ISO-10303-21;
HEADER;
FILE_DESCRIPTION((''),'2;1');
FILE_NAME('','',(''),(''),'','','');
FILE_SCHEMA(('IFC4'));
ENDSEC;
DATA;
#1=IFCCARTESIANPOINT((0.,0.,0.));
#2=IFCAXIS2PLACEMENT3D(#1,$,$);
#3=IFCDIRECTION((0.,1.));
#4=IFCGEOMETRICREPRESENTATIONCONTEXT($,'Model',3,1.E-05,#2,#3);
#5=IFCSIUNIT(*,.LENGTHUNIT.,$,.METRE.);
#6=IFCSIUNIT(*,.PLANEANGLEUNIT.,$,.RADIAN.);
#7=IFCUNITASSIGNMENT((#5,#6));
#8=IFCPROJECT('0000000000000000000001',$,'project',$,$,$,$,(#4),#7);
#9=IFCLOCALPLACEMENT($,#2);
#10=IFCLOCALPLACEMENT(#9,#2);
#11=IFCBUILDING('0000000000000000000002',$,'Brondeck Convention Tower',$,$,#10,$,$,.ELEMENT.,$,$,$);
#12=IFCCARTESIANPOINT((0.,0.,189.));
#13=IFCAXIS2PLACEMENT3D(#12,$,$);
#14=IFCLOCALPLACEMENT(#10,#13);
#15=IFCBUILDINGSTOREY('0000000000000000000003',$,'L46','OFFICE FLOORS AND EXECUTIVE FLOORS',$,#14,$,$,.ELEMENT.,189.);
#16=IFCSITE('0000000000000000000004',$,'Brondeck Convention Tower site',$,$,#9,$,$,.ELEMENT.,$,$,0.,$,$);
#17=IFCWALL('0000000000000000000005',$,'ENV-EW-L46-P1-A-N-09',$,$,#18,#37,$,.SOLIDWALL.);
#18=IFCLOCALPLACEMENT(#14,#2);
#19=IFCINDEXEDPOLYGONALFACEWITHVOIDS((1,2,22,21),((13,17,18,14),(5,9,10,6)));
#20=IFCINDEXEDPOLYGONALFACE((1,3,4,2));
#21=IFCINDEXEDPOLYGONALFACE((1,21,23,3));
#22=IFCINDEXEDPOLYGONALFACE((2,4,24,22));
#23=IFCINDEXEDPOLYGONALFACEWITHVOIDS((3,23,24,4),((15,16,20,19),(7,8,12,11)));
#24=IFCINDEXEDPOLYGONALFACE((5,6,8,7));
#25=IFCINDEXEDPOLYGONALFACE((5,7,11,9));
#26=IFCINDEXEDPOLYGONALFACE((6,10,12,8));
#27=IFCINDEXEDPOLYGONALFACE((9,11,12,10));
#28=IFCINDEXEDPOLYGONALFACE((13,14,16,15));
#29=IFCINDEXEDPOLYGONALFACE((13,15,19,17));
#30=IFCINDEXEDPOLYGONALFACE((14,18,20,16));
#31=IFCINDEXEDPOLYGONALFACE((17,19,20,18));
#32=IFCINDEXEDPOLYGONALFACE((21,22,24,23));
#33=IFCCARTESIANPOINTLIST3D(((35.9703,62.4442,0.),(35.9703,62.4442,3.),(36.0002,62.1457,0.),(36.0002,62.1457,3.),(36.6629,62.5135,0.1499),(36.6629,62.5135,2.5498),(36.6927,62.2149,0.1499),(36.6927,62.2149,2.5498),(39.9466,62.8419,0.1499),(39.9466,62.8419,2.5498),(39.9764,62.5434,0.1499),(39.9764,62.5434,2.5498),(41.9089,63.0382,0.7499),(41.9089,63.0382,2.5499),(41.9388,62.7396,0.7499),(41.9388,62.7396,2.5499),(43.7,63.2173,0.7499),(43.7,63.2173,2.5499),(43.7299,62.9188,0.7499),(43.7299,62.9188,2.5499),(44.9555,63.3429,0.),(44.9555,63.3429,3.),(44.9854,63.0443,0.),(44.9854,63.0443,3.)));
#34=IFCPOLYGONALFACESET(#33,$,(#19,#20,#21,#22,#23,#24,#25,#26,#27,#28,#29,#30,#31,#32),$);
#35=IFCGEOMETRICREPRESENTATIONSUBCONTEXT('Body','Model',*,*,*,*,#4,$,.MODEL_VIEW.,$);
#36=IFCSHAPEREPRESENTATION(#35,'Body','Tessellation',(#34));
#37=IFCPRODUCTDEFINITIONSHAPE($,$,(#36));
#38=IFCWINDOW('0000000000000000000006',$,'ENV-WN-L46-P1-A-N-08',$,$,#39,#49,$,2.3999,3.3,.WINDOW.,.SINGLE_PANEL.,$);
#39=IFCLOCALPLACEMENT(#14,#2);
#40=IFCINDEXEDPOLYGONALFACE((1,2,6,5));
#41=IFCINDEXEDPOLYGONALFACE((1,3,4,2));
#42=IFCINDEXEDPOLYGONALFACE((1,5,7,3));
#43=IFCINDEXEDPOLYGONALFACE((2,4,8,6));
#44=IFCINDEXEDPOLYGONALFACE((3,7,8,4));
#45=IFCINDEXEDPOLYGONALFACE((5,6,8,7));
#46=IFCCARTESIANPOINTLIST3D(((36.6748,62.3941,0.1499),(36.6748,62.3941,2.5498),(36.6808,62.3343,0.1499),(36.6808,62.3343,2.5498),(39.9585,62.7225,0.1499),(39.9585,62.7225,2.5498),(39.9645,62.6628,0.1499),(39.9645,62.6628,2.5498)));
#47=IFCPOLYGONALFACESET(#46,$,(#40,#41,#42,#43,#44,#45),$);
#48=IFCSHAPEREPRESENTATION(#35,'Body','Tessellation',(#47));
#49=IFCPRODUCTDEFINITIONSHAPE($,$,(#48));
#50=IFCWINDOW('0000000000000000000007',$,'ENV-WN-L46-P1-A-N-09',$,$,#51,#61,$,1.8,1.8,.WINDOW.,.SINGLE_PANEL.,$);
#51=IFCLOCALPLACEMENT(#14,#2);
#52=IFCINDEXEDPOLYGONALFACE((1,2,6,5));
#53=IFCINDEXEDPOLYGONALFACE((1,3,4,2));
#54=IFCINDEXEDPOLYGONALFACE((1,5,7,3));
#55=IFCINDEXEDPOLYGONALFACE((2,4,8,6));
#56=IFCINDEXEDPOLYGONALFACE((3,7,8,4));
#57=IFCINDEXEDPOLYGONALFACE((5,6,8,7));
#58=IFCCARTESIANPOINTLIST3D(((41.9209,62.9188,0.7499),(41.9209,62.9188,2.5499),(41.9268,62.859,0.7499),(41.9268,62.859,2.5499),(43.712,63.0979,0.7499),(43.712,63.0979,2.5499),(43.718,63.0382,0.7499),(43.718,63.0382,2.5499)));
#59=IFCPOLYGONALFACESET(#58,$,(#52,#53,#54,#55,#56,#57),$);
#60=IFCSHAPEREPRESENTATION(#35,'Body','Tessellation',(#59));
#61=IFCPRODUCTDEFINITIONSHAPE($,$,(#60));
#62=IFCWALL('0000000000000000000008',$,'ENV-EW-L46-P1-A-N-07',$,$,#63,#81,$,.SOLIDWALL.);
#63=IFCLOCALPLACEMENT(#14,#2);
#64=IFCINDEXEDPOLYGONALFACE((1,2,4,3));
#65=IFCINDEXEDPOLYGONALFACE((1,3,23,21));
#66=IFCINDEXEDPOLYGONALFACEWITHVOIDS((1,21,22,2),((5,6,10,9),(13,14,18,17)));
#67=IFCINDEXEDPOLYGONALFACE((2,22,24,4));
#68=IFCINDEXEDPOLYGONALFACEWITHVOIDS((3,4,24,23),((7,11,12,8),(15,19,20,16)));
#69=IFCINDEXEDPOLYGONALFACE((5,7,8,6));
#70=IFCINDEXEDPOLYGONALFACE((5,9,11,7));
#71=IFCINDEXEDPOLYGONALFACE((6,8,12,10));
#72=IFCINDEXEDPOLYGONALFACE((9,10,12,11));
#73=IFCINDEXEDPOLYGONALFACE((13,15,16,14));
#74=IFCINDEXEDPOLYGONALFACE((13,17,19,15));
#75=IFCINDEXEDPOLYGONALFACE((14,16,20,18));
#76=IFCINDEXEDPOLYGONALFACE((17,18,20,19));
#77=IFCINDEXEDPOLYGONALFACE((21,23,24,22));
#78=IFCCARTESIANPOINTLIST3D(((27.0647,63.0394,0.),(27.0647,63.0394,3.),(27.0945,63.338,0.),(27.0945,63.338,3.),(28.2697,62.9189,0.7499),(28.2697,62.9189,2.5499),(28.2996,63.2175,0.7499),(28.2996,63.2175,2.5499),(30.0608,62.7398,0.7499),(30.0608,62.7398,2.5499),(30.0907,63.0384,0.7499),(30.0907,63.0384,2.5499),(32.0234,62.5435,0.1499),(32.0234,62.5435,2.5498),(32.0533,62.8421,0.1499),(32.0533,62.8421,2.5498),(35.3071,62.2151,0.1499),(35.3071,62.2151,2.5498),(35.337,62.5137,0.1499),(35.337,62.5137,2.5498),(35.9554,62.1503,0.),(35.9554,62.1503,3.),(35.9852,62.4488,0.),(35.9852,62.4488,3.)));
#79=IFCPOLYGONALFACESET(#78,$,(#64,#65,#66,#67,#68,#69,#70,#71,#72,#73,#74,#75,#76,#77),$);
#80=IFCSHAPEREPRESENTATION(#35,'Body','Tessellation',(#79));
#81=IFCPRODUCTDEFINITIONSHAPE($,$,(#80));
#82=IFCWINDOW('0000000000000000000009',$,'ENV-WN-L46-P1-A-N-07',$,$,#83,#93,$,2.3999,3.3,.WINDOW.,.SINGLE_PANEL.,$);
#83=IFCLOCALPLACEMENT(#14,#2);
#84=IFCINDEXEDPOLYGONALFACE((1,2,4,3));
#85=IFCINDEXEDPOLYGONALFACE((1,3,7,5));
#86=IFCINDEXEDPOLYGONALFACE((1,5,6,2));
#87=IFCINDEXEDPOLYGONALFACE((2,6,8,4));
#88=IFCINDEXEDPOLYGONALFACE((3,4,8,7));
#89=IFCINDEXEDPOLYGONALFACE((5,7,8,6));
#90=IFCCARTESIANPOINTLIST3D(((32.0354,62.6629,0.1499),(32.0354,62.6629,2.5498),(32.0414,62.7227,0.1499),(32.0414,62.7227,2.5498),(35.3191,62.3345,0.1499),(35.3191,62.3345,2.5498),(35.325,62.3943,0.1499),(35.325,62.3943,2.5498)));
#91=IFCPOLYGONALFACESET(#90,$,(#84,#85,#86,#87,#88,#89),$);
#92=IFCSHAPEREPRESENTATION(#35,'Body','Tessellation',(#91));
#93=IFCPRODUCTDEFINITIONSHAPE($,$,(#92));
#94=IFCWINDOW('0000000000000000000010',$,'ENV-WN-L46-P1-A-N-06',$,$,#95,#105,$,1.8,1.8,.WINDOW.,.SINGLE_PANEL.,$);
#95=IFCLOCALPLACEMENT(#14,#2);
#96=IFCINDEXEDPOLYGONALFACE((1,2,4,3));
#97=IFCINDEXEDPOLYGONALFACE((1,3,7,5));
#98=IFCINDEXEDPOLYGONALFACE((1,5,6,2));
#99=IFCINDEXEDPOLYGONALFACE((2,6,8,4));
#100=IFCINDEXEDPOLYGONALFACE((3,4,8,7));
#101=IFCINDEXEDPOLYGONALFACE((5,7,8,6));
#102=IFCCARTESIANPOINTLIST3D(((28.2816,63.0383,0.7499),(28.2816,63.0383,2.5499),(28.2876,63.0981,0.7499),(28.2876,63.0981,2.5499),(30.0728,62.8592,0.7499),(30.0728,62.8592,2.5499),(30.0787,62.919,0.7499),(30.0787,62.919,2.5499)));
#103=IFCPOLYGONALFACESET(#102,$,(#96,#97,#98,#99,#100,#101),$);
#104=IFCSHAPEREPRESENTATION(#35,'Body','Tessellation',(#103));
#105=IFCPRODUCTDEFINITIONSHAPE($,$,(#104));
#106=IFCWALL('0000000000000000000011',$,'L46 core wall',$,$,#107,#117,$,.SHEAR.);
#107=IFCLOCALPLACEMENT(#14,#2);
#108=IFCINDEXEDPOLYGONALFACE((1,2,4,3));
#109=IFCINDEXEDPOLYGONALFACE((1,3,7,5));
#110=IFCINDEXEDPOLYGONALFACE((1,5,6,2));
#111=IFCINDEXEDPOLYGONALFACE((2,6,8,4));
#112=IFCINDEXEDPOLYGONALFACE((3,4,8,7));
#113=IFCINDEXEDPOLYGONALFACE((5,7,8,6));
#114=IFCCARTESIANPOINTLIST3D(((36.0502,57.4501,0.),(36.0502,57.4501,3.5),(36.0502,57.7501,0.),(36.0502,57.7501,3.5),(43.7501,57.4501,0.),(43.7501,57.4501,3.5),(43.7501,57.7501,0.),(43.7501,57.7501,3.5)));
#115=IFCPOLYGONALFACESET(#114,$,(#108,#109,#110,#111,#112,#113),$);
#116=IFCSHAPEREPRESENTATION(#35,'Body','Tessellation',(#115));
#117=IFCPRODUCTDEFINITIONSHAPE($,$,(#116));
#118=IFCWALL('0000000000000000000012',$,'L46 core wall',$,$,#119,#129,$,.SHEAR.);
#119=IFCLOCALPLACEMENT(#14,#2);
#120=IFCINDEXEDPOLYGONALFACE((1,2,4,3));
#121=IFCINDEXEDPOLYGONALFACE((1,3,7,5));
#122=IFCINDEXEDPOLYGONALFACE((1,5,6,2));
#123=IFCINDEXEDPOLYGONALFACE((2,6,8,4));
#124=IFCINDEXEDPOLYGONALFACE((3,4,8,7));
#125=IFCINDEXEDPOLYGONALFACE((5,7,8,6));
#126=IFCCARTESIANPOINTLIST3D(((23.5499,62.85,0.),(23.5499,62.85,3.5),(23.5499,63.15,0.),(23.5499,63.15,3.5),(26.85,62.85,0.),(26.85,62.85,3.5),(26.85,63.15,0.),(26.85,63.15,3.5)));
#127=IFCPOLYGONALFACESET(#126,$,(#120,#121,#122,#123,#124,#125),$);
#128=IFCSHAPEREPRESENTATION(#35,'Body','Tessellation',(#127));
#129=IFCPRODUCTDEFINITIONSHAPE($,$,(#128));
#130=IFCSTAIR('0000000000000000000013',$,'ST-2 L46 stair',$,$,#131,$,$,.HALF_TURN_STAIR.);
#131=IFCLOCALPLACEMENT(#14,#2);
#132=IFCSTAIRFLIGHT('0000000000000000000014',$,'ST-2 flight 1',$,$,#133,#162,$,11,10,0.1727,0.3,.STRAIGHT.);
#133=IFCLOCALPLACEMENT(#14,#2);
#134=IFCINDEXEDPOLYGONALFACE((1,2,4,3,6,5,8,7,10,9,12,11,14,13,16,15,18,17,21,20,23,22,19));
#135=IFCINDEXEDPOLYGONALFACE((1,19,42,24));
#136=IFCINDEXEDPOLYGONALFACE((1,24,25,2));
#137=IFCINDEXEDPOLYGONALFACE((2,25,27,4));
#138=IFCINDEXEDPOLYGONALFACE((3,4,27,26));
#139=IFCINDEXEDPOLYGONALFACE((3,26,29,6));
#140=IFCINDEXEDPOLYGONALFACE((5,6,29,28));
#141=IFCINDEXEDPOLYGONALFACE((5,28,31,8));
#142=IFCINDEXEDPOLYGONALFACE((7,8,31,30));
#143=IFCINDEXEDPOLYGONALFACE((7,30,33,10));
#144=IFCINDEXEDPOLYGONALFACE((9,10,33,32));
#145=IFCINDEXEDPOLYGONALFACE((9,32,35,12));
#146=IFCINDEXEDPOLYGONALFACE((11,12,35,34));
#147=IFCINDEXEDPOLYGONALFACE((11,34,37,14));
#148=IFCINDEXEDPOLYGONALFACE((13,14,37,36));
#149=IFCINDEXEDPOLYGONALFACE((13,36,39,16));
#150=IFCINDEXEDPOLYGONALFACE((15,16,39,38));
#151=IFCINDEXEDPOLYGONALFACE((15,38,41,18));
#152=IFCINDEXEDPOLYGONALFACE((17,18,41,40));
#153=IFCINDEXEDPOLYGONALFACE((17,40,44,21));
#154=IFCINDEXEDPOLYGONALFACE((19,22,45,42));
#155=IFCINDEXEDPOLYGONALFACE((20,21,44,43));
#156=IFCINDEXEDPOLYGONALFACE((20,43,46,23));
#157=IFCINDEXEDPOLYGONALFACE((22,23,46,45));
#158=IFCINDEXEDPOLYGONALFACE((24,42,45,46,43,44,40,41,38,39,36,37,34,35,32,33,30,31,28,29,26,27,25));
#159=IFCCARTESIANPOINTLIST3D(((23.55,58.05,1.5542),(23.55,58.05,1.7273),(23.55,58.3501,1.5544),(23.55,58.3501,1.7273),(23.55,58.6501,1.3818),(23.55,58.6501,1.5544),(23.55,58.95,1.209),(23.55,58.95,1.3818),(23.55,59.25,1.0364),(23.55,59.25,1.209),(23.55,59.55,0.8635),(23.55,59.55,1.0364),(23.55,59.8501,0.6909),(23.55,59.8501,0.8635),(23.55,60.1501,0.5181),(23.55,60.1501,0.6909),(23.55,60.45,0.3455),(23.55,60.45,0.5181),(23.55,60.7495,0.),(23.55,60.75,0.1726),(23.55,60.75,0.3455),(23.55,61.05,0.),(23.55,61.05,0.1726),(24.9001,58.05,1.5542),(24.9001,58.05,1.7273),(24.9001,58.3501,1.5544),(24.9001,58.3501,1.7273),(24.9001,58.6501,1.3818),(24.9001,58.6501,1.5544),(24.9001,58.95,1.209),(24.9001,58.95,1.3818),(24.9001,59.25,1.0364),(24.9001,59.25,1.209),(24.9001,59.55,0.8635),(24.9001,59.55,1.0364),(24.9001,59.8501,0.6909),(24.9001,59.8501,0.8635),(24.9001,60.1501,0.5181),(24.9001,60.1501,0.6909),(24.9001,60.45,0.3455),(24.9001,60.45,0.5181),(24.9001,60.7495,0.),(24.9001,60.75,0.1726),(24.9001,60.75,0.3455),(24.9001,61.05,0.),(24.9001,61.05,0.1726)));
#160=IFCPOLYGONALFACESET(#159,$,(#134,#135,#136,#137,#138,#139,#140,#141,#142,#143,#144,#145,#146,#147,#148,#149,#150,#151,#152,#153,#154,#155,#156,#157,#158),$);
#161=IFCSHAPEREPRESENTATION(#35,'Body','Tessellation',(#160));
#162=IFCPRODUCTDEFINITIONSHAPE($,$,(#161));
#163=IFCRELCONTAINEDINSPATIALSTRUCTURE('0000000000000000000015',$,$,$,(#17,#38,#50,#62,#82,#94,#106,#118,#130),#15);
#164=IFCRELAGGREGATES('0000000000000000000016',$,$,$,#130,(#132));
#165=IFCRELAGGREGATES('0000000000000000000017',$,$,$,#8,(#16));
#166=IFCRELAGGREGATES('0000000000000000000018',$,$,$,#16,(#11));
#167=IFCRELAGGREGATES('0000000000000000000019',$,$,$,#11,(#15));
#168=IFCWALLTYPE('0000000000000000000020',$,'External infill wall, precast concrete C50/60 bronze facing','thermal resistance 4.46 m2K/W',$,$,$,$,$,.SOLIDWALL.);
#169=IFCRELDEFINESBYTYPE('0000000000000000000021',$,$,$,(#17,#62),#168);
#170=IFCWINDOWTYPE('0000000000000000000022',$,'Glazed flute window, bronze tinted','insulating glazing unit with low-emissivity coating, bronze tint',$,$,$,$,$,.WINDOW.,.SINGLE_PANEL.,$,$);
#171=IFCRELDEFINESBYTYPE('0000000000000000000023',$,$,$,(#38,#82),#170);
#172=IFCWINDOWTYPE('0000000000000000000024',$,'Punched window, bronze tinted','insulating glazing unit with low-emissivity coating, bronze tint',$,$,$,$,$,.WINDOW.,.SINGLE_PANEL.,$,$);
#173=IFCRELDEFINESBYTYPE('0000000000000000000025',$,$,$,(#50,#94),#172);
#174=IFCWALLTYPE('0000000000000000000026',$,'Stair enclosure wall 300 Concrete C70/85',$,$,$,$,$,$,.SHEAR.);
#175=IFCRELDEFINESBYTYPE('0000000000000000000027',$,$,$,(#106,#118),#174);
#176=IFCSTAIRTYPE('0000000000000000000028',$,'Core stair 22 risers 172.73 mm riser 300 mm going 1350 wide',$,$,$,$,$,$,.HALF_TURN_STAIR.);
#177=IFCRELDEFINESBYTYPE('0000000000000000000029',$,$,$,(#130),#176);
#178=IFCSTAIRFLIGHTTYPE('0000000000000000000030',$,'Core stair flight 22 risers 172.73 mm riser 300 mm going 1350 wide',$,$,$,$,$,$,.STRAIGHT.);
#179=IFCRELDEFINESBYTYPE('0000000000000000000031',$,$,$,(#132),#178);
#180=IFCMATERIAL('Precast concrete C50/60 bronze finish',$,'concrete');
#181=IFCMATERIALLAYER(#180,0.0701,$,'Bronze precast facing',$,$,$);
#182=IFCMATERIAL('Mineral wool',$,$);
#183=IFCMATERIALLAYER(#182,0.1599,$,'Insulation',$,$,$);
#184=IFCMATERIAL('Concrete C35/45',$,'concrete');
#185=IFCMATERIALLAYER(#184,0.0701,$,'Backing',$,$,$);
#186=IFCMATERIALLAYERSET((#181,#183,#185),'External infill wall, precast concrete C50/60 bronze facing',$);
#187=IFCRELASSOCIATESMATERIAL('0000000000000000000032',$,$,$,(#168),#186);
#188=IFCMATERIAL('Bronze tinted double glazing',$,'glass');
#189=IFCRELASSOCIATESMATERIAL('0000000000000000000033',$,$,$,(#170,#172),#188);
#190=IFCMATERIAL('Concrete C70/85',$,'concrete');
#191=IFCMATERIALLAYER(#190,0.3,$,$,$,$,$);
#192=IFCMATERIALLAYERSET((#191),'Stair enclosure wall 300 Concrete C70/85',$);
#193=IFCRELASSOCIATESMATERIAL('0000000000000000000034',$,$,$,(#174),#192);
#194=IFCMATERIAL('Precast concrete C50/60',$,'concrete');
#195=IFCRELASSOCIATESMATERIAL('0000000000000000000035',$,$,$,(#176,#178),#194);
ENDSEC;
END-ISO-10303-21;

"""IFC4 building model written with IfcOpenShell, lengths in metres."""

from ifc_helpers import new_model, si_unit, direction, frame, frame_2d, origin, place, context, subcontext, project, spatial, polyline, rectangle, outline, extrude, material, layer, layer_set, type_object, element, fill, aggregate, save


model = new_model("IFC4")

# Units and contexts
model_context = context("Model", 3, precision=1e-05, world=origin(), true_north=direction((0.0, 1.0)))
body_context = subcontext(model_context, "Body", "Model", "MODEL_VIEW")
ifc_project = project(units=[si_unit("LENGTHUNIT", "METRE"), si_unit("PLANEANGLEUNIT", "RADIAN")], contexts=[model_context])

# Site, building, storey
site_placement = place(None, origin())
site = spatial("IfcSite", under=ifc_project, at=site_placement, Name="Brondeck Convention Tower site", CompositionType="ELEMENT", RefElevation=0.0)
building_placement = place(site_placement, origin())
building = spatial("IfcBuilding", under=site, at=building_placement, Name="Brondeck Convention Tower", CompositionType="ELEMENT")
storey_placement = place(building_placement, frame((0.0, 0.0, 189.0)))
storey = spatial("IfcBuildingStorey", under=building, at=storey_placement, Name="L46", Description="OFFICE FLOORS AND EXECUTIVE FLOORS", CompositionType="ELEMENT", Elevation=189.0)

# Shared definitions
ifc_material_1 = material(Name="Concrete C70/85", Category="concrete")

# Walls, openings, windows
ifc_material_2 = material(Name="Precast concrete C50/60 bronze finish", Category="concrete")
ifc_layer_1 = layer(ifc_material_2, 0.0701, Name="Bronze precast facing")
ifc_material_3 = material(Name="Mineral wool")
ifc_layer_2 = layer(ifc_material_3, 0.1599, Name="Insulation")
ifc_material_4 = material(Name="Concrete C35/45", Category="concrete")
ifc_layer_3 = layer(ifc_material_4, 0.0701, Name="Backing")
ifc_layer_set_1 = layer_set([ifc_layer_1, ifc_layer_2, ifc_layer_3], Name="External infill wall, precast concrete C50/60 bronze facing")
wall_type_1 = type_object("IfcWallType", Name="External infill wall, precast concrete C50/60 bronze facing", Description="thermal resistance 4.46 m2K/W", PredefinedType="SOLIDWALL", material=ifc_layer_set_1)
wall_1_placement = place(storey_placement, frame((35.9851, 62.2949, 0.0), z_axis=(0.0, 0.0, 1.0), x_axis=(0.995035, 0.099522, 0.0)))
wall_1 = element("IfcWall", 1, at=wall_1_placement, inside=storey, type_object=wall_type_1, Name="ENV-EW-L46-P1-A-N-09", PredefinedType="SOLIDWALL", context=body_context, shape_type="SweptSolid", body=[
    extrude(rectangle(XDim=9.03, YDim=0.3, at=frame_2d((4.5151, 0.0))), origin(), (0.0, 0.0, 1.0), 3.0),
])
opening_1_placement = place(wall_1_placement, frame((0.6963, 0.0, 0.1499)))
opening_1 = element("IfcOpeningElement", 2, at=opening_1_placement, cuts=wall_1, PredefinedType="OPENING", context=body_context, shape_type="SweptSolid", body=[
    extrude(rectangle(XDim=3.3, YDim=2.3999, at=frame_2d((1.6499, 1.2))), frame((0.0, 0.1599, 0.0), z_axis=(0.0, -1.0, 0.0), x_axis=(1.0, 0.0, 0.0)), (0.0, 0.0, 1.0), 0.3201),
])
opening_2_placement = place(wall_1_placement, frame((5.9685, 0.0, 0.75)))
opening_2 = element("IfcOpeningElement", 3, at=opening_2_placement, cuts=wall_1, PredefinedType="OPENING", context=body_context, shape_type="SweptSolid", body=[
    extrude(rectangle(XDim=1.8, YDim=1.8, at=frame_2d((0.8999, 0.8999))), frame((0.0, 0.1599, 0.0), z_axis=(0.0, -1.0, 0.0), x_axis=(1.0, 0.0, 0.0)), (0.0, 0.0, 1.0), 0.3201),
])
ifc_material_5 = material(Name="Bronze tinted double glazing", Category="glass")
window_type_1 = type_object("IfcWindowType", Name="Glazed flute window, bronze tinted", Description="insulating glazing unit with low-emissivity coating, bronze tint", PartitioningType="SINGLE_PANEL", PredefinedType="WINDOW", material=ifc_material_5)
window_1_placement = place(opening_1_placement, origin())
window_1 = element("IfcWindow", 4, at=window_1_placement, inside=storey, type_object=window_type_1, Name="ENV-WN-L46-P1-A-N-08", OverallHeight=2.3999, OverallWidth=3.3, PartitioningType="SINGLE_PANEL", PredefinedType="WINDOW", context=body_context, shape_type="SweptSolid", body=[
    extrude(rectangle(XDim=3.3, YDim=2.3999, at=frame_2d((1.6499, 1.2))), frame((0.0, 0.03, 0.0), z_axis=(0.0, -1.0, 0.0), x_axis=(1.0, 0.0, 0.0)), (0.0, 0.0, 1.0), 0.0601),
])
fill(opening_1, window_1)
window_type_2 = type_object("IfcWindowType", Name="Punched window, bronze tinted", Description="insulating glazing unit with low-emissivity coating, bronze tint", PartitioningType="SINGLE_PANEL", PredefinedType="WINDOW", material=ifc_material_5)
window_2_placement = place(opening_2_placement, origin())
window_2 = element("IfcWindow", 5, at=window_2_placement, inside=storey, type_object=window_type_2, Name="ENV-WN-L46-P1-A-N-09", OverallHeight=1.8, OverallWidth=1.8, PartitioningType="SINGLE_PANEL", PredefinedType="WINDOW", context=body_context, shape_type="SweptSolid", body=[
    extrude(rectangle(XDim=1.8, YDim=1.8, at=frame_2d((0.8999, 0.8999))), frame((0.0, 0.03, 0.0), z_axis=(0.0, -1.0, 0.0), x_axis=(1.0, 0.0, 0.0)), (0.0, 0.0, 1.0), 0.0601),
])
fill(opening_2, window_2)
wall_2_placement = place(storey_placement, frame((27.0796, 63.1887, 0.0), z_axis=(0.0, 0.0, 1.0), x_axis=(0.995036, -0.099515, 0.0)))
wall_2 = element("IfcWall", 6, at=wall_2_placement, inside=storey, type_object=wall_type_1, Name="ENV-EW-L46-P1-A-N-07", PredefinedType="SOLIDWALL", context=body_context, shape_type="SweptSolid", body=[
    extrude(rectangle(XDim=8.9351, YDim=0.3, at=frame_2d((4.4675, 0.0))), origin(), (0.0, 0.0, 1.0), 3.0),
])
opening_3_placement = place(wall_2_placement, frame((1.2112, 0.0, 0.75)))
opening_3 = element("IfcOpeningElement", 7, at=opening_3_placement, cuts=wall_2, PredefinedType="OPENING", context=body_context, shape_type="SweptSolid", body=[
    extrude(rectangle(XDim=1.8, YDim=1.8, at=frame_2d((0.8999, 0.8999))), frame((0.0, 0.1599, 0.0), z_axis=(0.0, -1.0, 0.0), x_axis=(1.0, 0.0, 0.0)), (0.0, 0.0, 1.0), 0.3201),
])
opening_4_placement = place(wall_2_placement, frame((4.9836, 0.0, 0.1499)))
opening_4 = element("IfcOpeningElement", 8, at=opening_4_placement, cuts=wall_2, PredefinedType="OPENING", context=body_context, shape_type="SweptSolid", body=[
    extrude(rectangle(XDim=3.3, YDim=2.3999, at=frame_2d((1.6499, 1.2))), frame((0.0, 0.1599, 0.0), z_axis=(0.0, -1.0, 0.0), x_axis=(1.0, 0.0, 0.0)), (0.0, 0.0, 1.0), 0.3201),
])
window_3_placement = place(opening_4_placement, origin())
window_3 = element("IfcWindow", 9, at=window_3_placement, inside=storey, type_object=window_type_1, Name="ENV-WN-L46-P1-A-N-07", OverallHeight=2.3999, OverallWidth=3.3, PartitioningType="SINGLE_PANEL", PredefinedType="WINDOW", context=body_context, shape_type="SweptSolid", body=[
    extrude(rectangle(XDim=3.3, YDim=2.3999, at=frame_2d((1.6499, 1.2))), frame((0.0, 0.03, 0.0), z_axis=(0.0, -1.0, 0.0), x_axis=(1.0, 0.0, 0.0)), (0.0, 0.0, 1.0), 0.0601),
])
fill(opening_4, window_3)
window_4_placement = place(opening_3_placement, origin())
window_4 = element("IfcWindow", 10, at=window_4_placement, inside=storey, type_object=window_type_2, Name="ENV-WN-L46-P1-A-N-06", OverallHeight=1.8, OverallWidth=1.8, PartitioningType="SINGLE_PANEL", PredefinedType="WINDOW", context=body_context, shape_type="SweptSolid", body=[
    extrude(rectangle(XDim=1.8, YDim=1.8, at=frame_2d((0.8999, 0.8999))), frame((0.0, 0.03, 0.0), z_axis=(0.0, -1.0, 0.0), x_axis=(1.0, 0.0, 0.0)), (0.0, 0.0, 1.0), 0.0601),
])
fill(opening_3, window_4)

# Walls
ifc_layer_4 = layer(ifc_material_1, 0.3)
ifc_layer_set_2 = layer_set([ifc_layer_4], Name="Stair enclosure wall 300 Concrete C70/85")
wall_type_2 = type_object("IfcWallType", Name="Stair enclosure wall 300 Concrete C70/85", PredefinedType="SHEAR", material=ifc_layer_set_2)
wall_3_placement = place(storey_placement, frame((36.05, 57.6001, 0.0), z_axis=(0.0, 0.0, 1.0), x_axis=(1.0, 0.0, 0.0)))
element("IfcWall", 11, at=wall_3_placement, inside=storey, type_object=wall_type_2, Name="L46 core wall", PredefinedType="SHEAR", context=body_context, shape_type="SweptSolid", body=[
    extrude(rectangle(XDim=7.7, YDim=0.3, at=frame_2d((3.8501, 0.0))), origin(), (0.0, 0.0, 1.0), 3.5),
])
wall_4_placement = place(storey_placement, frame((23.55, 63.0, 0.0), z_axis=(0.0, 0.0, 1.0), x_axis=(1.0, 0.0, 0.0)))
element("IfcWall", 12, at=wall_4_placement, inside=storey, type_object=wall_type_2, Name="L46 core wall", PredefinedType="SHEAR", context=body_context, shape_type="SweptSolid", body=[
    extrude(rectangle(XDim=3.3, YDim=0.3, at=frame_2d((1.6499, 0.0))), origin(), (0.0, 0.0, 1.0), 3.5),
])

# Stair, stair flight
ifc_material_6 = material(Name="Precast concrete C50/60", Category="concrete")
stair_type = type_object("IfcStairType", Name="Core stair 22 risers 172.73 mm riser 300 mm going 1350 wide", PredefinedType="HALF_TURN_STAIR", material=ifc_material_6)
stair_placement = place(storey_placement, origin())
stair = element("IfcStair", 13, at=stair_placement, inside=storey, type_object=stair_type, Name="ST-2 L46 stair", PredefinedType="HALF_TURN_STAIR")
stair_flight_type = type_object("IfcStairFlightType", Name="Core stair flight 22 risers 172.73 mm riser 300 mm going 1350 wide", PredefinedType="STRAIGHT", material=ifc_material_6)
stair_flight_1_placement = place(storey_placement, frame((24.2251, 61.05, 0.0), z_axis=(0.0, 0.0, 1.0), x_axis=(0.0, -1.0, 0.0)))
stair_flight_1 = element("IfcStairFlight", 14, at=stair_flight_1_placement, type_object=stair_flight_type, Name="ST-2 flight 1", NumberOfRisers=11, NumberOfTreads=10, PredefinedType="STRAIGHT", RiserHeight=0.1727, TreadLength=0.3, context=body_context, shape_type="SweptSolid", body=[
    extrude(outline(polyline([(0.0, 0.0), (0.0, 0.1726), (0.3, 0.1726), (0.3, 0.3455), (0.6001, 0.3455), (0.6001, 0.5181), (0.8999, 0.5181), (0.8999, 0.6909), (1.2, 0.6909), (1.2, 0.8635), (1.5, 0.8635), (1.5, 1.0364), (1.8, 1.0364), (1.8, 1.209), (2.1001, 1.209), (2.1001, 1.3818), (2.3999, 1.3818), (2.3999, 1.5544), (2.7, 1.5544), (2.7, 1.7273), (3.0, 1.7273), (3.0, 1.8999), (3.0, 1.5542), (0.3005, 0.0), (0.0, 0.0)])), frame((0.0, 0.675, 0.0), z_axis=(0.0, -1.0, 0.0), x_axis=(1.0, 0.0, 0.0)), (0.0, 0.0, 1.0), 1.3501),
])
aggregate(stair, [stair_flight_1])

save(model, "model.ifc")
